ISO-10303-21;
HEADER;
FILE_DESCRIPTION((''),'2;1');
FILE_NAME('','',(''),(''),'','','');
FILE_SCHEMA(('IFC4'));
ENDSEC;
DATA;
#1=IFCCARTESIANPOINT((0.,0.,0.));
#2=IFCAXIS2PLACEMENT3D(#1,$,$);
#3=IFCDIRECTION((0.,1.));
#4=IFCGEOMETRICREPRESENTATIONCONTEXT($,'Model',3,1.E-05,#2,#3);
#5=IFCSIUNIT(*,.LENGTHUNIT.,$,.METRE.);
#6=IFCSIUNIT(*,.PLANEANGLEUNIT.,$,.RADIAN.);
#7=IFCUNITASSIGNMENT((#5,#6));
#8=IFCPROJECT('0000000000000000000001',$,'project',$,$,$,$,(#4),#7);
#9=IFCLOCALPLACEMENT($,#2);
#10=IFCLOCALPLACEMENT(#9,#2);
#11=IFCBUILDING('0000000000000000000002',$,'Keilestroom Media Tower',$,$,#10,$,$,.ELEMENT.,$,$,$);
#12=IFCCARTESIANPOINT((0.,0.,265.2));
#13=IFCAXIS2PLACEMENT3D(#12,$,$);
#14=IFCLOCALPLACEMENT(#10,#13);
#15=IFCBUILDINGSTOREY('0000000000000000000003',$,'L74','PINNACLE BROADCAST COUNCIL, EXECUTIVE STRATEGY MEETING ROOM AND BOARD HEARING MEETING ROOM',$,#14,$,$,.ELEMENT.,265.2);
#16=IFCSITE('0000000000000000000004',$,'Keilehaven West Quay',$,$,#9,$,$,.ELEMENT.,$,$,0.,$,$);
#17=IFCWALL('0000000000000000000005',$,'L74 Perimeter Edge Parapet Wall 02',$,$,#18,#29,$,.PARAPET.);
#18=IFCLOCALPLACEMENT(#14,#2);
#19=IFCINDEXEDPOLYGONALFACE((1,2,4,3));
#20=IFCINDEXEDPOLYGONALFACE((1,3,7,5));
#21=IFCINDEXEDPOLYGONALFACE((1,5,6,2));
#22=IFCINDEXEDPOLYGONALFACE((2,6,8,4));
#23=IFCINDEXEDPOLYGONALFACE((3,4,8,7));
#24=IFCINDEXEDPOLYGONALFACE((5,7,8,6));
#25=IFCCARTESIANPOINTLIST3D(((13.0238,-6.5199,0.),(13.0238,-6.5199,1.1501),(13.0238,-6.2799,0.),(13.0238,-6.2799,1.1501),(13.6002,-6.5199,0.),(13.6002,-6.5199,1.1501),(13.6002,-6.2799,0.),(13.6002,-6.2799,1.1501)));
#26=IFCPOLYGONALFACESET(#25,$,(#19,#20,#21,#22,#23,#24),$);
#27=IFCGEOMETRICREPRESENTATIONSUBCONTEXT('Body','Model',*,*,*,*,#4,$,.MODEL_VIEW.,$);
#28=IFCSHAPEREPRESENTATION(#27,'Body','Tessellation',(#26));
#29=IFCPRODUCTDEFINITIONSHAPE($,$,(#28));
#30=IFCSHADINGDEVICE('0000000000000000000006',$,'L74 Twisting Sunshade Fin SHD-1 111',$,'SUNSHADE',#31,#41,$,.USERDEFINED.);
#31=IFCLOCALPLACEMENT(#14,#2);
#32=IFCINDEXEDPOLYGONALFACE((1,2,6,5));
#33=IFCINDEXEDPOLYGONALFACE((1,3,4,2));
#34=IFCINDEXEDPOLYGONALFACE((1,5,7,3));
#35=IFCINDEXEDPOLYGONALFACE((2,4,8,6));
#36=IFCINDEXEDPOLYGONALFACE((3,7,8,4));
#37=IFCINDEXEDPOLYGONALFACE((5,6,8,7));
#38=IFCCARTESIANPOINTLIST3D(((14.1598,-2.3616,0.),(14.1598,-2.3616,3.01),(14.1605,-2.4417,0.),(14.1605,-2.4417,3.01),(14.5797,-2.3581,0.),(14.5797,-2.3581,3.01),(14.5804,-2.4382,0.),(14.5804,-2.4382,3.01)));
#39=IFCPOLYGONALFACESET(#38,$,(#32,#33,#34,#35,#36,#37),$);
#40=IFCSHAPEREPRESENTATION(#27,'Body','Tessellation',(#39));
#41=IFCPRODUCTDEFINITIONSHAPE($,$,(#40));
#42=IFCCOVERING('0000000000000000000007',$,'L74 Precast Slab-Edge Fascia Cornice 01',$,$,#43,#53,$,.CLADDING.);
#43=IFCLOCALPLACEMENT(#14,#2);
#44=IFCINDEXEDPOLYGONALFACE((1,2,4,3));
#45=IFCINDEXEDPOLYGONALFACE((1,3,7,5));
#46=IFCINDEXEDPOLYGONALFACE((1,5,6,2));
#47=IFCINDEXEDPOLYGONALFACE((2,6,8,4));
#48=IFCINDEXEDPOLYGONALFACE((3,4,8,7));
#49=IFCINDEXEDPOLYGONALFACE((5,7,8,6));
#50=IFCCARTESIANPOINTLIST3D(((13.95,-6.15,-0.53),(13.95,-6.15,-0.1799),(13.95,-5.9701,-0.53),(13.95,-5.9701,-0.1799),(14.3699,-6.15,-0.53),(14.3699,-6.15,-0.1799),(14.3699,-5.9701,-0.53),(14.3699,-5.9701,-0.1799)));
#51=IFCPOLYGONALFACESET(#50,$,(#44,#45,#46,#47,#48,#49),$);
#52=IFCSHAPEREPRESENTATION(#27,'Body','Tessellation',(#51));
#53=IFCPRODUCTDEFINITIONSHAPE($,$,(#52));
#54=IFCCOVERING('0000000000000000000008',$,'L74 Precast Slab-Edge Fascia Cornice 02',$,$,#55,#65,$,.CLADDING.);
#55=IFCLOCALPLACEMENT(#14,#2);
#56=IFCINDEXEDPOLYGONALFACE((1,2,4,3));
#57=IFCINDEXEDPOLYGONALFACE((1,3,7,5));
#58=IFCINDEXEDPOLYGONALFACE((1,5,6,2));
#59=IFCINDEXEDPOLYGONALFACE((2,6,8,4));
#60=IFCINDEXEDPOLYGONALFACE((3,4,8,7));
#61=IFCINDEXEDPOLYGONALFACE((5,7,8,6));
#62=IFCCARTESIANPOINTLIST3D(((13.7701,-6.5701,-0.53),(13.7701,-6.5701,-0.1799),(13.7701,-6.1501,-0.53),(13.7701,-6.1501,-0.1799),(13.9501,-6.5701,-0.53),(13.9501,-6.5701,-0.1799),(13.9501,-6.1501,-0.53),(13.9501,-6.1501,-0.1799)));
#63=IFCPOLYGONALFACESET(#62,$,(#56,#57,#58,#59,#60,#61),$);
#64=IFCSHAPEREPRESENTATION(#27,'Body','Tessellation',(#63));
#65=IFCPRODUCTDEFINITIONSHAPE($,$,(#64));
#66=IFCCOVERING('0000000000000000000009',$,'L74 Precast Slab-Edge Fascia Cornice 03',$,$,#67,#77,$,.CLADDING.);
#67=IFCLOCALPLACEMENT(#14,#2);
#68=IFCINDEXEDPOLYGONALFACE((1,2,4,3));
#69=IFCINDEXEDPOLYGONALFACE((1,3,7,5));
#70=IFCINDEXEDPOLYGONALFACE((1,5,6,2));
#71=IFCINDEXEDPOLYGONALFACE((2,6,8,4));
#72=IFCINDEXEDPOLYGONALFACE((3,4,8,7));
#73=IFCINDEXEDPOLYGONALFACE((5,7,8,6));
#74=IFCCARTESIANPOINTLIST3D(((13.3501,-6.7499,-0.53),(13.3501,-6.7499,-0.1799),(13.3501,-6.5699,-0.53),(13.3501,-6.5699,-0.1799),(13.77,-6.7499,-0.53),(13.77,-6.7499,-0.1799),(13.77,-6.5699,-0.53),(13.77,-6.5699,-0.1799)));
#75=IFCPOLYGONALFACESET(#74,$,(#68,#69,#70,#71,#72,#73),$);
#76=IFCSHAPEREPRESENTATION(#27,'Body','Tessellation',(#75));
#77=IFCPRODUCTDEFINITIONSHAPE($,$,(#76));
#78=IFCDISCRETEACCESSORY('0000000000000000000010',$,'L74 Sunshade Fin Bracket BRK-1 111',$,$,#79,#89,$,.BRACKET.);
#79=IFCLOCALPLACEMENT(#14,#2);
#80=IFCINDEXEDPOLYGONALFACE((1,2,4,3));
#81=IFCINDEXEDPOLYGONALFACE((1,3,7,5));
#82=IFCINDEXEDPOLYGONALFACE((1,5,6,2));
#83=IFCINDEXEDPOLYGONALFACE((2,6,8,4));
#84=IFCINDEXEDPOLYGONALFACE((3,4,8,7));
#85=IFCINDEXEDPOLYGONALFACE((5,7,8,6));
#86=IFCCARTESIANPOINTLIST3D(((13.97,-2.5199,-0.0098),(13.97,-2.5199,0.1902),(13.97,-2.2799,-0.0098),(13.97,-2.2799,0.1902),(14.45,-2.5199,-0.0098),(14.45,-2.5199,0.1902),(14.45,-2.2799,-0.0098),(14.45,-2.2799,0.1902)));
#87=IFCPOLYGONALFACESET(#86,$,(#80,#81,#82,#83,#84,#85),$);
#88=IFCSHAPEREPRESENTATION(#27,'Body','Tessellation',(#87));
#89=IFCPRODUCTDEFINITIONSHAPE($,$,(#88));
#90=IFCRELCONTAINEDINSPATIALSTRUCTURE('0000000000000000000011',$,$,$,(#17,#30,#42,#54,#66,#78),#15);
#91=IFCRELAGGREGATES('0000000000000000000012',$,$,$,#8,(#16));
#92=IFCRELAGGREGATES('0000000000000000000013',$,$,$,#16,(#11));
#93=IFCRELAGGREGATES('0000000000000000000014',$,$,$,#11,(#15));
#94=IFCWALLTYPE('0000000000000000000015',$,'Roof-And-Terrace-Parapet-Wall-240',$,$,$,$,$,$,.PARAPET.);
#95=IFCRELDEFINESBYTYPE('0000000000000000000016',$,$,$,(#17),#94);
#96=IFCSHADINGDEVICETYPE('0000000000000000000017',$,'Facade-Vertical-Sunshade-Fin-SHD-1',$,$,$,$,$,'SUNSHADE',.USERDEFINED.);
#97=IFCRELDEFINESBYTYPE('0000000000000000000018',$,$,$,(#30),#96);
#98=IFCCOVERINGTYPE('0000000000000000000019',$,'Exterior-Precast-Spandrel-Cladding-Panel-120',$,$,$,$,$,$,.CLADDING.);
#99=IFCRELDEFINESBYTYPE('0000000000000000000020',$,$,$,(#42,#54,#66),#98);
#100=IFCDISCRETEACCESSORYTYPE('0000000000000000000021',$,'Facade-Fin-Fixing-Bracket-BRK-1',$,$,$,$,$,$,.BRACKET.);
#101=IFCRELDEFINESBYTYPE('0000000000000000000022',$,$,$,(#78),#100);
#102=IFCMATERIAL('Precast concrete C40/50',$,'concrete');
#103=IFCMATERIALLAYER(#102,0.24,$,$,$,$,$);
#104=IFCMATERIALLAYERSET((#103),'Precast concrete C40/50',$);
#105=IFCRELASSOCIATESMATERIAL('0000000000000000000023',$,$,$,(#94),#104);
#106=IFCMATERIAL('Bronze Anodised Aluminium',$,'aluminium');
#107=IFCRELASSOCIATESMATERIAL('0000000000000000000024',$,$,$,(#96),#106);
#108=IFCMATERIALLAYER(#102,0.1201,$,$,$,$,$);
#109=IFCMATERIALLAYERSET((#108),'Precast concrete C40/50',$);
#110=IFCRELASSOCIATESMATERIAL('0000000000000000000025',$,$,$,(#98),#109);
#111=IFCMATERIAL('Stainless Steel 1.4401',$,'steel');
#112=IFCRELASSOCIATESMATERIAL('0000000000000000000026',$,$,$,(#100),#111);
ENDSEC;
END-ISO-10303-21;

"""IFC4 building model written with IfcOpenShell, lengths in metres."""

from ifc_helpers import new_model, si_unit, direction, frame, frame_2d, origin, origin_2d, place, context, subcontext, project, spatial, rectangle, extrude, source, transform, mapped, material, layer, layer_set, type_object, element, save


model = new_model("IFC4")

# Units and contexts
model_context = context("Model", 3, precision=1e-05, world=origin(), true_north=direction((0.0, 1.0)))
body_context = subcontext(model_context, "Body", "Model", "MODEL_VIEW")
ifc_project = project(units=[si_unit("LENGTHUNIT", "METRE"), si_unit("PLANEANGLEUNIT", "RADIAN")], contexts=[model_context])

# Site, building, storey
site_placement = place(None, origin())
site = spatial("IfcSite", under=ifc_project, at=site_placement, Name="Keilehaven West Quay", CompositionType="ELEMENT", RefElevation=0.0)
building_placement = place(site_placement, origin())
building = spatial("IfcBuilding", under=site, at=building_placement, Name="Keilestroom Media Tower", CompositionType="ELEMENT")
storey_placement = place(building_placement, frame((0.0, 0.0, 265.2)))
storey = spatial("IfcBuildingStorey", under=building, at=storey_placement, Name="L74", Description="PINNACLE BROADCAST COUNCIL, EXECUTIVE STRATEGY MEETING ROOM AND BOARD HEARING MEETING ROOM", CompositionType="ELEMENT", Elevation=265.2)

# Shared definitions
ifc_material_1 = material(Name="Precast concrete C40/50", Category="concrete")

# Wall
ifc_layer_1 = layer(ifc_material_1, 0.24)
ifc_layer_set_1 = layer_set([ifc_layer_1], Name="Precast concrete C40/50")
wall_type_1 = type_object("IfcWallType", Name="Roof-And-Terrace-Parapet-Wall-240", PredefinedType="PARAPET", material=ifc_layer_set_1)
wall_1_placement = place(storey_placement, frame((13.6001, -6.3999, 0.0), z_axis=(0.0, 0.0, 1.0), x_axis=(-1.0, 0.0, 0.0)))
element("IfcWall", 1, at=wall_1_placement, inside=storey, type_object=wall_type_1, Name="L74 Perimeter Edge Parapet Wall 02", PredefinedType="PARAPET", context=body_context, shape_type="SweptSolid", body=[
    extrude(rectangle(XDim=0.5764, YDim=0.24, at=frame_2d((0.2881, 0.0))), origin(), (0.0, 0.0, 1.0), 1.1501),
])

# Shading device
ifc_material_2 = material(Name="Bronze Anodised Aluminium", Category="aluminium")
shading_device_type = type_object("IfcShadingDeviceType", Name="Facade-Vertical-Sunshade-Fin-SHD-1", ElementType="SUNSHADE", PredefinedType="USERDEFINED", material=ifc_material_2)
shared_shape_1 = source(origin(), body_context, "Body", "SweptSolid", [
    extrude(rectangle(XDim=0.4199, YDim=0.0801, at=origin_2d()), origin(), (0.0, 0.0, 1.0), 3.01),
])
shading_device_placement = place(storey_placement, frame((14.3701, -2.3999, 0.0), z_axis=(0.0, 0.0, 1.0), x_axis=(0.999966, 0.008203, 0.0)))
element("IfcShadingDevice", 2, at=shading_device_placement, inside=storey, type_object=shading_device_type, Name="L74 Twisting Sunshade Fin SHD-1 111", ObjectType="SUNSHADE", PredefinedType="USERDEFINED", context=body_context, shape_type="MappedRepresentation", body=[
    mapped(shared_shape_1, transform((0.0, 0.0, 0.0), x_axis=(1.0, 0.0, 0.0), y_axis=(0.0, 1.0, 0.0), z_axis=(0.0, 0.0, 1.0), scale=1.0)),
])

# Coverings
ifc_layer_2 = layer(ifc_material_1, 0.1201)
ifc_layer_set_2 = layer_set([ifc_layer_2], Name="Precast concrete C40/50")
covering_type = type_object("IfcCoveringType", Name="Exterior-Precast-Spandrel-Cladding-Panel-120", PredefinedType="CLADDING", material=ifc_layer_set_2)
shared_shape_2 = source(origin(), body_context, "Body", "SweptSolid", [
    extrude(rectangle(XDim=0.4199, YDim=0.1799, at=origin_2d()), origin(), (0.0, 0.0, 1.0), 0.3501),
])
for number, where, z_axis, x_axis, name in (
    (3, (14.1599, -6.0601, -0.53), (0.0, 0.0, 1.0), (-1.0, 0.0, 0.0), "L74 Precast Slab-Edge Fascia Cornice 01"),
    (4, (13.8601, -6.3601, -0.53), (0.0, 0.0, 1.0), (0.0, -1.0, 0.0), "L74 Precast Slab-Edge Fascia Cornice 02"),
    (5, (13.5601, -6.6599, -0.53), (0.0, 0.0, 1.0), (-1.0, 0.0, 0.0), "L74 Precast Slab-Edge Fascia Cornice 03"),
):
    element("IfcCovering", number, at=place(storey_placement, frame(where, z_axis=z_axis, x_axis=x_axis)), inside=storey, type_object=covering_type, Name=name, PredefinedType="CLADDING", context=body_context, shape_type="MappedRepresentation", body=[
        mapped(shared_shape_2, transform((0.0, 0.0, 0.0), x_axis=(1.0, 0.0, 0.0), y_axis=(0.0, 1.0, 0.0), z_axis=(0.0, 0.0, 1.0), scale=1.0)),
    ])

# Discrete accessory
ifc_material_3 = material(Name="Stainless Steel 1.4401", Category="steel")
discrete_accessory_type = type_object("IfcDiscreteAccessoryType", Name="Facade-Fin-Fixing-Bracket-BRK-1", PredefinedType="BRACKET", material=ifc_material_3)
shared_shape_3 = source(origin(), body_context, "Body", "SweptSolid", [
    extrude(rectangle(XDim=0.48, YDim=0.24, at=origin_2d()), origin(), (0.0, 0.0, 1.0), 0.2),
])
discrete_accessory_placement = place(storey_placement, frame((14.21, -2.3999, -0.0098), z_axis=(0.0, 0.0, 1.0), x_axis=(1.0, 0.0, 0.0)))
element("IfcDiscreteAccessory", 6, at=discrete_accessory_placement, inside=storey, type_object=discrete_accessory_type, Name="L74 Sunshade Fin Bracket BRK-1 111", PredefinedType="BRACKET", context=body_context, shape_type="MappedRepresentation", body=[
    mapped(shared_shape_3, transform((0.0, 0.0, 0.0), x_axis=(1.0, 0.0, 0.0), y_axis=(0.0, 1.0, 0.0), z_axis=(0.0, 0.0, 1.0), scale=1.0)),
])

save(model, "model.ifc")
